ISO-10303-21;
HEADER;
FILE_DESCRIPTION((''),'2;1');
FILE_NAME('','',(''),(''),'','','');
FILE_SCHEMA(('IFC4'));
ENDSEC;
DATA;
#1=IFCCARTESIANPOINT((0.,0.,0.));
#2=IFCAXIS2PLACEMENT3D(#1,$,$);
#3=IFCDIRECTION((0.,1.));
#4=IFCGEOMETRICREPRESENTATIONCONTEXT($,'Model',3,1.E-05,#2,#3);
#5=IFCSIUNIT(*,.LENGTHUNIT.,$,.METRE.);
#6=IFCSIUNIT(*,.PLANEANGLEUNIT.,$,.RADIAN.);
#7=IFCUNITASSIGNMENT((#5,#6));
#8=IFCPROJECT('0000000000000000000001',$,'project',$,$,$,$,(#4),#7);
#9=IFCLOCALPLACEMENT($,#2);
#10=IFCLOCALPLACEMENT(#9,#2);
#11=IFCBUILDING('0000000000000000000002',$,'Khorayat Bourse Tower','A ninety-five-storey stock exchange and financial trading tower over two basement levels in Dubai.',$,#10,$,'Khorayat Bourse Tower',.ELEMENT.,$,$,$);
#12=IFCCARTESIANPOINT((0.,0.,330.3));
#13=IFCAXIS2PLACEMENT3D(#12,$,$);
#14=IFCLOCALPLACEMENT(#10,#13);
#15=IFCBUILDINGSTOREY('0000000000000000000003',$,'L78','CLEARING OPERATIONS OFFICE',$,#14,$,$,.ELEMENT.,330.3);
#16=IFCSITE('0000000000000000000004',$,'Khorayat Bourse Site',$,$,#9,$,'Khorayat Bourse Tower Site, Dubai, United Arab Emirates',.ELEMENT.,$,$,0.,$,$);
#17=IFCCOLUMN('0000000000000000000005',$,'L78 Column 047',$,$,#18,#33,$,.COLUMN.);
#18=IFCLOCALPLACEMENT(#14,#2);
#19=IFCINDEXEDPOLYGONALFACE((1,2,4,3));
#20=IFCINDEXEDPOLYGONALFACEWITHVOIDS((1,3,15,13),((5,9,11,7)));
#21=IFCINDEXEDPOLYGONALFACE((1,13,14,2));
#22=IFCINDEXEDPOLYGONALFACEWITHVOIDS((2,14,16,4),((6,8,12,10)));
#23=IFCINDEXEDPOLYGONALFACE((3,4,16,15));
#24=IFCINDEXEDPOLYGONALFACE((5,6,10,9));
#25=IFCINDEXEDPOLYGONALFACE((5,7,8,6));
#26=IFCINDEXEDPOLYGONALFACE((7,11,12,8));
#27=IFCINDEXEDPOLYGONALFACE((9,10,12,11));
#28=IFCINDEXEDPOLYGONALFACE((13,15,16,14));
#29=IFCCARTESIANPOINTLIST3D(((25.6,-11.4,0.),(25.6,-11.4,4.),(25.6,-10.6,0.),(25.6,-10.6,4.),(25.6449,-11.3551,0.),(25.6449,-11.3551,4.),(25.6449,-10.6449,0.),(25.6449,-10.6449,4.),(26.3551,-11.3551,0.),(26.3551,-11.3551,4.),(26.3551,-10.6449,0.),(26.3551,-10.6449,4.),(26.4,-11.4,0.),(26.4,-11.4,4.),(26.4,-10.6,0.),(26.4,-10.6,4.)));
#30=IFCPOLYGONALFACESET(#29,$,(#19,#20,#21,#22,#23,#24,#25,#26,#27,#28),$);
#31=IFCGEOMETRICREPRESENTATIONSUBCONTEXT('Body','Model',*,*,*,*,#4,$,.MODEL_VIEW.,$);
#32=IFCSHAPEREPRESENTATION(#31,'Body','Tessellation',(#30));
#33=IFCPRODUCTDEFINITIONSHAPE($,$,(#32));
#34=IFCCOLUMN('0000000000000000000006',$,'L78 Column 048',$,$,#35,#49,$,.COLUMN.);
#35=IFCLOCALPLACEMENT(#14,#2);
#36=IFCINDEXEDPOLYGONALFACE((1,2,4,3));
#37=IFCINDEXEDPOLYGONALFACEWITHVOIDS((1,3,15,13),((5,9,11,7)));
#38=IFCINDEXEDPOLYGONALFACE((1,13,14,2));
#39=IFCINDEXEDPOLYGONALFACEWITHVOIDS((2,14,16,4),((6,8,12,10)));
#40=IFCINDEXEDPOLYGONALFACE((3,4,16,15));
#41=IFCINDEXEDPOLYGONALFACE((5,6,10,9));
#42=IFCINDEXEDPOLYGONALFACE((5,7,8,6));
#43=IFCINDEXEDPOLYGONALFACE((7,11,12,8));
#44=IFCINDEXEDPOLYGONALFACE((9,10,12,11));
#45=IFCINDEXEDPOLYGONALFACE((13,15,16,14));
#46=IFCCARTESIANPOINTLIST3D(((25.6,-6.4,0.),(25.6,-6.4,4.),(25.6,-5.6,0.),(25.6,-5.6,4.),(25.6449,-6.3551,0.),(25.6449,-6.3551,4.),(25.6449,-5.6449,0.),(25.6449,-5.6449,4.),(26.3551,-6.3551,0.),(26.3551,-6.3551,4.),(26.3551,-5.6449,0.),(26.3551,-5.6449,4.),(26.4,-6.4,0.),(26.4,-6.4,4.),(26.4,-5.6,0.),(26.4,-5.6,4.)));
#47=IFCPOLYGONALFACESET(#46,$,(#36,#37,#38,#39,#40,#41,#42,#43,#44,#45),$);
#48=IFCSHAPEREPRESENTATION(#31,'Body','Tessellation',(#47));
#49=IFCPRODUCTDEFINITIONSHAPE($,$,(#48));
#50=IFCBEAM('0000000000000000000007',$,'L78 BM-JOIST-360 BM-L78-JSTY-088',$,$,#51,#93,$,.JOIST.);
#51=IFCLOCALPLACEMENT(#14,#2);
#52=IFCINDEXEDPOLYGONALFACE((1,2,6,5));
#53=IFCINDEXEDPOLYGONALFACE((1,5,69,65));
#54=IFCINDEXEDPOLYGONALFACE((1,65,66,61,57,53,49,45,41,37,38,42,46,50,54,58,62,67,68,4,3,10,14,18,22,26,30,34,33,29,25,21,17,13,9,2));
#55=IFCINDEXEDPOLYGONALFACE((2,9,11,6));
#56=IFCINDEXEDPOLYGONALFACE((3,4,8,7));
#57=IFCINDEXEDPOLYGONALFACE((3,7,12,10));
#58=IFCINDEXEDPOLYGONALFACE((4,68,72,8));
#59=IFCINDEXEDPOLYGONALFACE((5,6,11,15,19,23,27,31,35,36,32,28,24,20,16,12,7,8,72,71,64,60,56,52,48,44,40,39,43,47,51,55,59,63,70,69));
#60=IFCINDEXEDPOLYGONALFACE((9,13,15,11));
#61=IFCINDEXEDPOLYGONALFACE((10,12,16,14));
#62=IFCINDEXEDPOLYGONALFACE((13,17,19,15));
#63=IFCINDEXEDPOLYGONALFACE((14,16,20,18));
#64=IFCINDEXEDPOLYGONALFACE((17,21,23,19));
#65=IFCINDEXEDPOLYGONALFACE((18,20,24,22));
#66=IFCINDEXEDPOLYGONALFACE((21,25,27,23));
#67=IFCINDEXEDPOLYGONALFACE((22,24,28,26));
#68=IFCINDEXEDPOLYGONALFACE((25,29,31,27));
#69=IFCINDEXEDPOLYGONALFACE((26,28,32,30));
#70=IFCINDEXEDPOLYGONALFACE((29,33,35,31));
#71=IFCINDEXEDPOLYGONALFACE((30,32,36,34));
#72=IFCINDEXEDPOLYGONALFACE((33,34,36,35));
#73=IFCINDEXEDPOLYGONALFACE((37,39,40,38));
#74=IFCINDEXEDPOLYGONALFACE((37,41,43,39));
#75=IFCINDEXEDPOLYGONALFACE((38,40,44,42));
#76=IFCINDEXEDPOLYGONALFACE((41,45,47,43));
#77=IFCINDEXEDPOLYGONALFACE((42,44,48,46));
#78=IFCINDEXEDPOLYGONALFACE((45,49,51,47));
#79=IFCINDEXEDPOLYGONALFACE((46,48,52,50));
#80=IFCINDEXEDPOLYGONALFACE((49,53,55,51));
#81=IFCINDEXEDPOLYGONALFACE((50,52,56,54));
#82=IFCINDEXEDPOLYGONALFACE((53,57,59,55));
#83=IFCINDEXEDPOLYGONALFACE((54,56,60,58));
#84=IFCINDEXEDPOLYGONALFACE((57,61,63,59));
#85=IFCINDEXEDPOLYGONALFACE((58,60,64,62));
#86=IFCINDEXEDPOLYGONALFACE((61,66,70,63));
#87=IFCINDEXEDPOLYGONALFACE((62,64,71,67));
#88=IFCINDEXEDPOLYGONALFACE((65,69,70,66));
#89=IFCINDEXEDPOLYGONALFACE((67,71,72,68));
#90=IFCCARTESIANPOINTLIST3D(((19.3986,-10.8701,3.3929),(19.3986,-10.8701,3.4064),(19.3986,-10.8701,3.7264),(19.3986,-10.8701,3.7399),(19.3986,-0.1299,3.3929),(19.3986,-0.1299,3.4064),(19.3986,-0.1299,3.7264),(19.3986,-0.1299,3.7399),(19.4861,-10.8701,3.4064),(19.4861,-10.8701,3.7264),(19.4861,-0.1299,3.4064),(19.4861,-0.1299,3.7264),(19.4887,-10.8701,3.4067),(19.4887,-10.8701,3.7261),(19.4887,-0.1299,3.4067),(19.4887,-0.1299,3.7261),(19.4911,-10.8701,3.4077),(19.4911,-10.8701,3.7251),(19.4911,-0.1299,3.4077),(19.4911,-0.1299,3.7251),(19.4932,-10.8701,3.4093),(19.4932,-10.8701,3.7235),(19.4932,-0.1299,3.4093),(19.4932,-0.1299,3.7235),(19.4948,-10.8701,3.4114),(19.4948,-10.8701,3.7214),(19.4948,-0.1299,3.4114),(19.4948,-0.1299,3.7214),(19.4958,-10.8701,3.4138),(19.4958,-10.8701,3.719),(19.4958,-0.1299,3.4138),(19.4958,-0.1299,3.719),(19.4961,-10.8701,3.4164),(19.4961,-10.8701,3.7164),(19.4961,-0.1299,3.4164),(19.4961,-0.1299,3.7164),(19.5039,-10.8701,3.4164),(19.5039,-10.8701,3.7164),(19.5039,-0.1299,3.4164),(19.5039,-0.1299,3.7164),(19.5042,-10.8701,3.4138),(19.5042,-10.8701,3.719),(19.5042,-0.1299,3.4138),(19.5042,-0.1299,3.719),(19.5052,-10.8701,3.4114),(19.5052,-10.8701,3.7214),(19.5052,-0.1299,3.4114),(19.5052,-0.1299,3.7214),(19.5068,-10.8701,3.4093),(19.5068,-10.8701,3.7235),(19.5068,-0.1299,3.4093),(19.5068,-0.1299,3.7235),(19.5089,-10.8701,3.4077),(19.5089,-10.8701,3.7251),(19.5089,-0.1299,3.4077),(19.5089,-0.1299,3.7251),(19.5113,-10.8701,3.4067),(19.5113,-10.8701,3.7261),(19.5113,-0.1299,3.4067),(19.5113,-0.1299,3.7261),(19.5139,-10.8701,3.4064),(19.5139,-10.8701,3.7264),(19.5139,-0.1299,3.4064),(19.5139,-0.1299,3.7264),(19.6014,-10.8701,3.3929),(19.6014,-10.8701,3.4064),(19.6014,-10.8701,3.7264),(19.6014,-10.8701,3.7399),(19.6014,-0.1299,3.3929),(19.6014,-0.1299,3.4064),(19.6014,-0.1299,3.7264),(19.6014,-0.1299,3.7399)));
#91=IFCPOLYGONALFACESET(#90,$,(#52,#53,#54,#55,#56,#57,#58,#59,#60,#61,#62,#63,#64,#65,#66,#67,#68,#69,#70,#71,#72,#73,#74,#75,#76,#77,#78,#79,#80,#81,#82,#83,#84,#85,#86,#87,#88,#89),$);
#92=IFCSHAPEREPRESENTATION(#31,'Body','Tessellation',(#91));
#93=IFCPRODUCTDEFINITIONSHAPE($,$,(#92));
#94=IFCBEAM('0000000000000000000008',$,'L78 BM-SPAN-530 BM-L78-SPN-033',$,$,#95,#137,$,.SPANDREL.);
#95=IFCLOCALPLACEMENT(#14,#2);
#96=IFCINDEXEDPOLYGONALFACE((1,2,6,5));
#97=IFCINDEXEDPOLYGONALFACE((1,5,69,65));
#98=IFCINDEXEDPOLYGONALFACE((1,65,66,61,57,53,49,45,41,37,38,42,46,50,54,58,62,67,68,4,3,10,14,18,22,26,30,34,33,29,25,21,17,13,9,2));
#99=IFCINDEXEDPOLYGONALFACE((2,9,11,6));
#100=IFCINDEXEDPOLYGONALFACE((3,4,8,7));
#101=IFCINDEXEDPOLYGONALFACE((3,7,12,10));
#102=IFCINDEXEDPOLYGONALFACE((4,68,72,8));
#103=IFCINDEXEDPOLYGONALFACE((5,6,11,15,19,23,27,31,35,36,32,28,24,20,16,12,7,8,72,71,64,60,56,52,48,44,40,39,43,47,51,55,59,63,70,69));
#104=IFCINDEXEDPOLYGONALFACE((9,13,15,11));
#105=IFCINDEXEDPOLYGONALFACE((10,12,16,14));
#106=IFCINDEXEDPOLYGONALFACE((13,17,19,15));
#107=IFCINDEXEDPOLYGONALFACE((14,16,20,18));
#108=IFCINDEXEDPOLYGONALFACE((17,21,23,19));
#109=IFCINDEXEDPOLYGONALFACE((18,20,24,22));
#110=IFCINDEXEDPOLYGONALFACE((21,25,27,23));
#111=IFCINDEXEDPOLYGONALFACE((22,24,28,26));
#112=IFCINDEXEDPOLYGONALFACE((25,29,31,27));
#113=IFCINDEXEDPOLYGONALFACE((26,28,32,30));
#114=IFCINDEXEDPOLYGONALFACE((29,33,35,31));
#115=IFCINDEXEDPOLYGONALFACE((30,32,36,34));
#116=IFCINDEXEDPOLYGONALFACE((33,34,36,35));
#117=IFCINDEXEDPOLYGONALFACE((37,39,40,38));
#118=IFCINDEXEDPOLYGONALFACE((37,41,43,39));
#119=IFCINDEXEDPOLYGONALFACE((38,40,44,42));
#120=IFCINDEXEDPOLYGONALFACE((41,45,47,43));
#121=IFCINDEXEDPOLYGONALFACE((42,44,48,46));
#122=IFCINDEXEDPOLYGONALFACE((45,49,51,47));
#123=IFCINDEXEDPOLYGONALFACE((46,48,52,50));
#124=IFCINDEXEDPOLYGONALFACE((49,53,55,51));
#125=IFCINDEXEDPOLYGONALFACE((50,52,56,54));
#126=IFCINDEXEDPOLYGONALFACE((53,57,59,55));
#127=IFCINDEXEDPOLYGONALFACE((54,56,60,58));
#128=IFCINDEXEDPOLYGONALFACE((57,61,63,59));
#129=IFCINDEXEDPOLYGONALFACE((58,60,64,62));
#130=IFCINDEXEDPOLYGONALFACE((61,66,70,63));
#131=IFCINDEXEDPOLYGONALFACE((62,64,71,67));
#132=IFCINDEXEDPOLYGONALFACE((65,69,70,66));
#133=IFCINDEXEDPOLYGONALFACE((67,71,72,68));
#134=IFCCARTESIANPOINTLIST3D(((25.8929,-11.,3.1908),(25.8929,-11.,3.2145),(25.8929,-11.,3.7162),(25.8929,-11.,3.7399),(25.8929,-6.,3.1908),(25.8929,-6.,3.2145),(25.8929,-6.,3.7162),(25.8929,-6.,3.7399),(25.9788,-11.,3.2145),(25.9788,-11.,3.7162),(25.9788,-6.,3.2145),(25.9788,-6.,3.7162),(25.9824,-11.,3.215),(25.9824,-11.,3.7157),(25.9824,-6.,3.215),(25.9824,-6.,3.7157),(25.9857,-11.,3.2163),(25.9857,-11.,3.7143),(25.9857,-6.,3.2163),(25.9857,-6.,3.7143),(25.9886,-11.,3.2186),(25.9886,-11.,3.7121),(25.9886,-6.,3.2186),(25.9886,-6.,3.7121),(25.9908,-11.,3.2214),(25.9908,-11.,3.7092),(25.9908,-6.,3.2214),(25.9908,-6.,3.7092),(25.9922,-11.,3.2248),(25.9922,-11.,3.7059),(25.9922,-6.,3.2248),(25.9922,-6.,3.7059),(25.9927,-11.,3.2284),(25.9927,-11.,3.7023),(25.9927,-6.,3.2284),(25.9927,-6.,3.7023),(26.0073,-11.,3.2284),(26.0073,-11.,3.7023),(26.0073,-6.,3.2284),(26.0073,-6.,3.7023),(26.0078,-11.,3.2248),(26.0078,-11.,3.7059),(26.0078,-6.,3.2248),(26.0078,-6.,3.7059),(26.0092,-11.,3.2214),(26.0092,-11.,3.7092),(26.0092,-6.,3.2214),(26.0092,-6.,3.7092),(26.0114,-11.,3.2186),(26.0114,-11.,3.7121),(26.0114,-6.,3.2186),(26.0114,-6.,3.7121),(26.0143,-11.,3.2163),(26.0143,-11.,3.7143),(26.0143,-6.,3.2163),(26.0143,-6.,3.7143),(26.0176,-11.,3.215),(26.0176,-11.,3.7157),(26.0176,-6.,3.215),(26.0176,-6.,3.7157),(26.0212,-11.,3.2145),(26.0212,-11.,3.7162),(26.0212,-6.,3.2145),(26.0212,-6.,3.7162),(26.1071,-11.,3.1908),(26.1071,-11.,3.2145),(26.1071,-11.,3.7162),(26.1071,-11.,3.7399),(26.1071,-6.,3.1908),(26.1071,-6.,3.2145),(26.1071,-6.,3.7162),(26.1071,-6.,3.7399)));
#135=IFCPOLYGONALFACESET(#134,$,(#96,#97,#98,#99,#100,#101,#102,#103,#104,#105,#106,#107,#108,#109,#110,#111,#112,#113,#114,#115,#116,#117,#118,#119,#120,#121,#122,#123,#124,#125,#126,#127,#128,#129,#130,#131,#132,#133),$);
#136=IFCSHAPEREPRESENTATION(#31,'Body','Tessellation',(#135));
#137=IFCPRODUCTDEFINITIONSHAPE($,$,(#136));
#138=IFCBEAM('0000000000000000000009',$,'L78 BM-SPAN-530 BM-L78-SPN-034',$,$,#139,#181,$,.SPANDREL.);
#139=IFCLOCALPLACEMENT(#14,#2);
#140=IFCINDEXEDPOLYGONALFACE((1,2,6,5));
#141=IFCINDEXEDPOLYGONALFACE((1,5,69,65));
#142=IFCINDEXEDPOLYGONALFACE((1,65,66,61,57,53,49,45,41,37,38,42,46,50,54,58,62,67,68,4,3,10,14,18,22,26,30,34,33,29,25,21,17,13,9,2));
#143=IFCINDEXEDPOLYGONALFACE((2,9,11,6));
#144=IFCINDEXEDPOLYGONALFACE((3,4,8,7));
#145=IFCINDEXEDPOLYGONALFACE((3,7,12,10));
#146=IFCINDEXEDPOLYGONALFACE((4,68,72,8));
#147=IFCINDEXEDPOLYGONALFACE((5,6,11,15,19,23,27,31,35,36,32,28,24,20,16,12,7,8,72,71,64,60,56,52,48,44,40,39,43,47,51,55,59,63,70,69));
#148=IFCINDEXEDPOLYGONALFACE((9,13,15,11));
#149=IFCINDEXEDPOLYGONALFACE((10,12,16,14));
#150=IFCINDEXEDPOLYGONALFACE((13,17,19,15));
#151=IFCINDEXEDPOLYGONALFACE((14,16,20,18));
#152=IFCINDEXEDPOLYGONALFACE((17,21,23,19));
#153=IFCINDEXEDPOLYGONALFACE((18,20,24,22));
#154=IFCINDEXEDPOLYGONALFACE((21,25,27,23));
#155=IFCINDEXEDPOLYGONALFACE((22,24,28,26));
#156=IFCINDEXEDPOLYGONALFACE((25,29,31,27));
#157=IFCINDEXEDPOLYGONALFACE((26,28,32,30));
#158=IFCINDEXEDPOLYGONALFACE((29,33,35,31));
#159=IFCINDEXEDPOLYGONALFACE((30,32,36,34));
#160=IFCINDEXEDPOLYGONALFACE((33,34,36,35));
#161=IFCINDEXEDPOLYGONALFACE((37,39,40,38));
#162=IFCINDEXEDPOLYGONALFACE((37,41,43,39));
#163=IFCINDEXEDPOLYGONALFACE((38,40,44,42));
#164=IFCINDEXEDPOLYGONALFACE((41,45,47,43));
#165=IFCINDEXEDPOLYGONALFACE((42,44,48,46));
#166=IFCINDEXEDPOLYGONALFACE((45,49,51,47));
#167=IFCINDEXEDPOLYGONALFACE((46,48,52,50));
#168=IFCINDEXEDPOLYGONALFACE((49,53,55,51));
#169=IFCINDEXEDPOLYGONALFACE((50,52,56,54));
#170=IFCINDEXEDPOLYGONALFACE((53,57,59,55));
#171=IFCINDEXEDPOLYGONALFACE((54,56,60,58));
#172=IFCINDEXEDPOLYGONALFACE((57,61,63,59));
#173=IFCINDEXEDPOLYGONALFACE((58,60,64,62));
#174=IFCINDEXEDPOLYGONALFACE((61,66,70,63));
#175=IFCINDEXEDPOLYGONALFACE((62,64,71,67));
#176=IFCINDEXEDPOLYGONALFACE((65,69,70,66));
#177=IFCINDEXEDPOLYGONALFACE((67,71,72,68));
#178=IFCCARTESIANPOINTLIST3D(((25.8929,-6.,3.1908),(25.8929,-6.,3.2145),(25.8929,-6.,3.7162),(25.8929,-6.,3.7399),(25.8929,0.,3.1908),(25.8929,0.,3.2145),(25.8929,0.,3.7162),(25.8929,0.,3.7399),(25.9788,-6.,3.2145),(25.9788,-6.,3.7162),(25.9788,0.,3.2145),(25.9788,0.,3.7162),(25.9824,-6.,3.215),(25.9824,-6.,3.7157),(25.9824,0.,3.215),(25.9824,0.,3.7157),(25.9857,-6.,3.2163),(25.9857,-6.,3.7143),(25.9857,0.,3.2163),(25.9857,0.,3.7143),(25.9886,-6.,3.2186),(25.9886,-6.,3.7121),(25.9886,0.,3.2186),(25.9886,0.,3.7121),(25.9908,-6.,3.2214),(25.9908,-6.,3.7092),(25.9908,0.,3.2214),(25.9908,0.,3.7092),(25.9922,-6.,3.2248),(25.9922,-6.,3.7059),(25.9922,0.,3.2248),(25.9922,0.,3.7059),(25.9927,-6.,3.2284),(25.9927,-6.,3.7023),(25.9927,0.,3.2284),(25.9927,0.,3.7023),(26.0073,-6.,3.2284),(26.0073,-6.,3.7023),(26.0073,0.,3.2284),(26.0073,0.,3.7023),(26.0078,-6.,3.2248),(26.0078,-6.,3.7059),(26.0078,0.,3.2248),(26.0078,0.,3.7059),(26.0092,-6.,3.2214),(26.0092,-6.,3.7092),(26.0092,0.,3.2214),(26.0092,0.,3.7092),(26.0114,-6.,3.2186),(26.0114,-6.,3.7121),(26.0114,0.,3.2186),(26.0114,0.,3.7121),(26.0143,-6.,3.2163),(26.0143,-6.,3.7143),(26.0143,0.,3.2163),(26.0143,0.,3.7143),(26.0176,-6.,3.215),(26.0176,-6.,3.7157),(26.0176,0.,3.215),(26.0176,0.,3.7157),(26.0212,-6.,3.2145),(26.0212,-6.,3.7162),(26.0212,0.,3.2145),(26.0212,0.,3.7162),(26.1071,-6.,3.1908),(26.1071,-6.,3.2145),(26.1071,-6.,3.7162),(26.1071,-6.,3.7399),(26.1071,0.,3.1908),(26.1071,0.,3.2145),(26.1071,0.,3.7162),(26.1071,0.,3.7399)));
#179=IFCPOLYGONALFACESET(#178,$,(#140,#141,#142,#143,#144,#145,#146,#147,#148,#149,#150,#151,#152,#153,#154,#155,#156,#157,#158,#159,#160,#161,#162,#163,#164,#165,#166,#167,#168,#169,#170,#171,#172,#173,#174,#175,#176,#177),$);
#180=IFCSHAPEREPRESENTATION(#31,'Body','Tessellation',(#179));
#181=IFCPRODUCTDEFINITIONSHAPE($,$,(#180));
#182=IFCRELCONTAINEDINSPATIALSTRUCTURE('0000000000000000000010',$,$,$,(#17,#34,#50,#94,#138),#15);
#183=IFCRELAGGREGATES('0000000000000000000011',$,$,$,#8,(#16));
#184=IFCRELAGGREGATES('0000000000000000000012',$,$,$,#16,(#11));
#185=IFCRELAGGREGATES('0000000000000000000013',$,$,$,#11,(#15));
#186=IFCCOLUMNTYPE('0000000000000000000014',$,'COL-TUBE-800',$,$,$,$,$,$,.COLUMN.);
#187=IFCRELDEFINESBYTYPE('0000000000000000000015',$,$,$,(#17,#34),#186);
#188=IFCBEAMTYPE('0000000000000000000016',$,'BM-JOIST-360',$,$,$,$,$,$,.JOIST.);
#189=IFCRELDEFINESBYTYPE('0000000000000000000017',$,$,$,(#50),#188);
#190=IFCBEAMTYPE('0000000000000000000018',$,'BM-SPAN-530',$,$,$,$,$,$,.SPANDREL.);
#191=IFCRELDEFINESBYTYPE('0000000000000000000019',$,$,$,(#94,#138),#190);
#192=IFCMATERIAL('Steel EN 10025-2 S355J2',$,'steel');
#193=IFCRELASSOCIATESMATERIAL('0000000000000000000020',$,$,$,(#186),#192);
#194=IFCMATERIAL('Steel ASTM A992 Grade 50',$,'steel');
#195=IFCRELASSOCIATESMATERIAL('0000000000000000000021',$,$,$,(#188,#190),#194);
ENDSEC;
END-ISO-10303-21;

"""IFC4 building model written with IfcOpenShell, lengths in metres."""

from ifc_helpers import new_model, si_unit, direction, frame, origin, origin_2d, place, context, subcontext, project, spatial, hollow_rectangle, i_section, extrude, source, transform, mapped, material, material_profile, profile_set, type_object, element, save


model = new_model("IFC4")

# Units and contexts
model_context = context("Model", 3, precision=1e-05, world=origin(), true_north=direction((0.0, 1.0)))
body_context = subcontext(model_context, "Body", "Model", "MODEL_VIEW")
ifc_project = project(units=[si_unit("LENGTHUNIT", "METRE"), si_unit("PLANEANGLEUNIT", "RADIAN")], contexts=[model_context])

# Site, building, storey
site_placement = place(None, origin())
site = spatial("IfcSite", under=ifc_project, at=site_placement, Name="Khorayat Bourse Site", LongName="Khorayat Bourse Tower Site, Dubai, United Arab Emirates", CompositionType="ELEMENT", RefElevation=0.0)
building_placement = place(site_placement, origin())
building = spatial("IfcBuilding", under=site, at=building_placement, Name="Khorayat Bourse Tower", Description="A ninety-five-storey stock exchange and financial trading tower over two basement levels in Dubai.", LongName="Khorayat Bourse Tower", CompositionType="ELEMENT")
storey_placement = place(building_placement, frame((0.0, 0.0, 330.3)))
storey = spatial("IfcBuildingStorey", under=building, at=storey_placement, Name="L78", Description="CLEARING OPERATIONS OFFICE", CompositionType="ELEMENT", Elevation=330.3)

# Columns
ifc_material_1 = material(Name="Steel EN 10025-2 S355J2", Category="steel")
ifc_material_profile_1 = material_profile(ifc_material_1, hollow_rectangle(XDim=0.8, YDim=0.8, WallThickness=0.0449, at=origin_2d()), Name="BOX 800x800x45")
ifc_profile_set_1 = profile_set([ifc_material_profile_1], Name="Steel EN 10025-2 S355J2")
column_type = type_object("IfcColumnType", Name="COL-TUBE-800", PredefinedType="COLUMN", material=ifc_profile_set_1)
shared_shape_1 = source(origin(), body_context, "Body", "SweptSolid", [
    extrude(hollow_rectangle(XDim=0.8, YDim=0.8, WallThickness=0.0449, at=origin_2d()), origin(), (0.0, 0.0, 1.0), 4.0),
])
for number, where, z_axis, x_axis, name in (
    (1, (26.0, -11.0, 0.0), (0.0, 0.0, 1.0), (1.0, 0.0, 0.0), "L78 Column 047"),
    (2, (26.0, -6.0, 0.0), (0.0, 0.0, 1.0), (1.0, 0.0, 0.0), "L78 Column 048"),
):
    element("IfcColumn", number, at=place(storey_placement, frame(where, z_axis=z_axis, x_axis=x_axis)), inside=storey, type_object=column_type, Name=name, PredefinedType="COLUMN", context=body_context, shape_type="MappedRepresentation", body=[
        mapped(shared_shape_1, transform((0.0, 0.0, 0.0), scale=1.0)),
    ])

# Beams
ifc_material_2 = material(Name="Steel ASTM A992 Grade 50", Category="steel")
ifc_material_profile_2 = material_profile(ifc_material_2, i_section(OverallWidth=0.2029, OverallDepth=0.3469, WebThickness=0.0078, FlangeThickness=0.0134, FilletRadius=0.01, at=origin_2d()), Name="W360X64")
ifc_profile_set_2 = profile_set([ifc_material_profile_2], Name="Steel ASTM A992 Grade 50")
beam_type_1 = type_object("IfcBeamType", Name="BM-JOIST-360", PredefinedType="JOIST", material=ifc_profile_set_2)
shared_shape_2 = source(origin(), body_context, "Body", "SweptSolid", [
    extrude(i_section(OverallWidth=0.2029, OverallDepth=0.3469, WebThickness=0.0078, FlangeThickness=0.0134, FilletRadius=0.01, at=origin_2d()), origin(), (0.0, 0.0, 1.0), 10.7402),
])
beam_1_placement = place(storey_placement, frame((19.5, -10.8701, 3.5664), z_axis=(0.0, 1.0, 0.0), x_axis=(-1.0, 0.0, 0.0)))
element("IfcBeam", 3, at=beam_1_placement, inside=storey, type_object=beam_type_1, Name="L78 BM-JOIST-360 BM-L78-JSTY-088", PredefinedType="JOIST", context=body_context, shape_type="MappedRepresentation", body=[
    mapped(shared_shape_2, transform((0.0, 0.0, 0.0), scale=1.0)),
])
ifc_material_profile_3 = material_profile(ifc_material_2, i_section(OverallWidth=0.2141, OverallDepth=0.5491, WebThickness=0.0146, FlangeThickness=0.0237, FilletRadius=0.0139, at=origin_2d()), Name="W530X138")
ifc_profile_set_3 = profile_set([ifc_material_profile_3], Name="Steel ASTM A992 Grade 50")
beam_type_2 = type_object("IfcBeamType", Name="BM-SPAN-530", PredefinedType="SPANDREL", material=ifc_profile_set_3)
shared_shape_3 = source(origin(), body_context, "Body", "SweptSolid", [
    extrude(i_section(OverallWidth=0.2141, OverallDepth=0.5491, WebThickness=0.0146, FlangeThickness=0.0237, FilletRadius=0.0139, at=origin_2d()), origin(), (0.0, 0.0, 1.0), 5.0),
])
beam_2_placement = place(storey_placement, frame((26.0, -11.0, 3.4653), z_axis=(0.0, 1.0, 0.0), x_axis=(-1.0, 0.0, 0.0)))
element("IfcBeam", 4, at=beam_2_placement, inside=storey, type_object=beam_type_2, Name="L78 BM-SPAN-530 BM-L78-SPN-033", PredefinedType="SPANDREL", context=body_context, shape_type="MappedRepresentation", body=[
    mapped(shared_shape_3, transform((0.0, 0.0, 0.0), scale=1.0)),
])
shared_shape_4 = source(origin(), body_context, "Body", "SweptSolid", [
    extrude(i_section(OverallWidth=0.2141, OverallDepth=0.5491, WebThickness=0.0146, FlangeThickness=0.0237, FilletRadius=0.0139, at=origin_2d()), origin(), (0.0, 0.0, 1.0), 6.0),
])
beam_3_placement = place(storey_placement, frame((26.0, -6.0, 3.4653), z_axis=(0.0, 1.0, 0.0), x_axis=(-1.0, 0.0, 0.0)))
element("IfcBeam", 5, at=beam_3_placement, inside=storey, type_object=beam_type_2, Name="L78 BM-SPAN-530 BM-L78-SPN-034", PredefinedType="SPANDREL", context=body_context, shape_type="MappedRepresentation", body=[
    mapped(shared_shape_4, transform((0.0, 0.0, 0.0), scale=1.0)),
])

save(model, "model.ifc")
